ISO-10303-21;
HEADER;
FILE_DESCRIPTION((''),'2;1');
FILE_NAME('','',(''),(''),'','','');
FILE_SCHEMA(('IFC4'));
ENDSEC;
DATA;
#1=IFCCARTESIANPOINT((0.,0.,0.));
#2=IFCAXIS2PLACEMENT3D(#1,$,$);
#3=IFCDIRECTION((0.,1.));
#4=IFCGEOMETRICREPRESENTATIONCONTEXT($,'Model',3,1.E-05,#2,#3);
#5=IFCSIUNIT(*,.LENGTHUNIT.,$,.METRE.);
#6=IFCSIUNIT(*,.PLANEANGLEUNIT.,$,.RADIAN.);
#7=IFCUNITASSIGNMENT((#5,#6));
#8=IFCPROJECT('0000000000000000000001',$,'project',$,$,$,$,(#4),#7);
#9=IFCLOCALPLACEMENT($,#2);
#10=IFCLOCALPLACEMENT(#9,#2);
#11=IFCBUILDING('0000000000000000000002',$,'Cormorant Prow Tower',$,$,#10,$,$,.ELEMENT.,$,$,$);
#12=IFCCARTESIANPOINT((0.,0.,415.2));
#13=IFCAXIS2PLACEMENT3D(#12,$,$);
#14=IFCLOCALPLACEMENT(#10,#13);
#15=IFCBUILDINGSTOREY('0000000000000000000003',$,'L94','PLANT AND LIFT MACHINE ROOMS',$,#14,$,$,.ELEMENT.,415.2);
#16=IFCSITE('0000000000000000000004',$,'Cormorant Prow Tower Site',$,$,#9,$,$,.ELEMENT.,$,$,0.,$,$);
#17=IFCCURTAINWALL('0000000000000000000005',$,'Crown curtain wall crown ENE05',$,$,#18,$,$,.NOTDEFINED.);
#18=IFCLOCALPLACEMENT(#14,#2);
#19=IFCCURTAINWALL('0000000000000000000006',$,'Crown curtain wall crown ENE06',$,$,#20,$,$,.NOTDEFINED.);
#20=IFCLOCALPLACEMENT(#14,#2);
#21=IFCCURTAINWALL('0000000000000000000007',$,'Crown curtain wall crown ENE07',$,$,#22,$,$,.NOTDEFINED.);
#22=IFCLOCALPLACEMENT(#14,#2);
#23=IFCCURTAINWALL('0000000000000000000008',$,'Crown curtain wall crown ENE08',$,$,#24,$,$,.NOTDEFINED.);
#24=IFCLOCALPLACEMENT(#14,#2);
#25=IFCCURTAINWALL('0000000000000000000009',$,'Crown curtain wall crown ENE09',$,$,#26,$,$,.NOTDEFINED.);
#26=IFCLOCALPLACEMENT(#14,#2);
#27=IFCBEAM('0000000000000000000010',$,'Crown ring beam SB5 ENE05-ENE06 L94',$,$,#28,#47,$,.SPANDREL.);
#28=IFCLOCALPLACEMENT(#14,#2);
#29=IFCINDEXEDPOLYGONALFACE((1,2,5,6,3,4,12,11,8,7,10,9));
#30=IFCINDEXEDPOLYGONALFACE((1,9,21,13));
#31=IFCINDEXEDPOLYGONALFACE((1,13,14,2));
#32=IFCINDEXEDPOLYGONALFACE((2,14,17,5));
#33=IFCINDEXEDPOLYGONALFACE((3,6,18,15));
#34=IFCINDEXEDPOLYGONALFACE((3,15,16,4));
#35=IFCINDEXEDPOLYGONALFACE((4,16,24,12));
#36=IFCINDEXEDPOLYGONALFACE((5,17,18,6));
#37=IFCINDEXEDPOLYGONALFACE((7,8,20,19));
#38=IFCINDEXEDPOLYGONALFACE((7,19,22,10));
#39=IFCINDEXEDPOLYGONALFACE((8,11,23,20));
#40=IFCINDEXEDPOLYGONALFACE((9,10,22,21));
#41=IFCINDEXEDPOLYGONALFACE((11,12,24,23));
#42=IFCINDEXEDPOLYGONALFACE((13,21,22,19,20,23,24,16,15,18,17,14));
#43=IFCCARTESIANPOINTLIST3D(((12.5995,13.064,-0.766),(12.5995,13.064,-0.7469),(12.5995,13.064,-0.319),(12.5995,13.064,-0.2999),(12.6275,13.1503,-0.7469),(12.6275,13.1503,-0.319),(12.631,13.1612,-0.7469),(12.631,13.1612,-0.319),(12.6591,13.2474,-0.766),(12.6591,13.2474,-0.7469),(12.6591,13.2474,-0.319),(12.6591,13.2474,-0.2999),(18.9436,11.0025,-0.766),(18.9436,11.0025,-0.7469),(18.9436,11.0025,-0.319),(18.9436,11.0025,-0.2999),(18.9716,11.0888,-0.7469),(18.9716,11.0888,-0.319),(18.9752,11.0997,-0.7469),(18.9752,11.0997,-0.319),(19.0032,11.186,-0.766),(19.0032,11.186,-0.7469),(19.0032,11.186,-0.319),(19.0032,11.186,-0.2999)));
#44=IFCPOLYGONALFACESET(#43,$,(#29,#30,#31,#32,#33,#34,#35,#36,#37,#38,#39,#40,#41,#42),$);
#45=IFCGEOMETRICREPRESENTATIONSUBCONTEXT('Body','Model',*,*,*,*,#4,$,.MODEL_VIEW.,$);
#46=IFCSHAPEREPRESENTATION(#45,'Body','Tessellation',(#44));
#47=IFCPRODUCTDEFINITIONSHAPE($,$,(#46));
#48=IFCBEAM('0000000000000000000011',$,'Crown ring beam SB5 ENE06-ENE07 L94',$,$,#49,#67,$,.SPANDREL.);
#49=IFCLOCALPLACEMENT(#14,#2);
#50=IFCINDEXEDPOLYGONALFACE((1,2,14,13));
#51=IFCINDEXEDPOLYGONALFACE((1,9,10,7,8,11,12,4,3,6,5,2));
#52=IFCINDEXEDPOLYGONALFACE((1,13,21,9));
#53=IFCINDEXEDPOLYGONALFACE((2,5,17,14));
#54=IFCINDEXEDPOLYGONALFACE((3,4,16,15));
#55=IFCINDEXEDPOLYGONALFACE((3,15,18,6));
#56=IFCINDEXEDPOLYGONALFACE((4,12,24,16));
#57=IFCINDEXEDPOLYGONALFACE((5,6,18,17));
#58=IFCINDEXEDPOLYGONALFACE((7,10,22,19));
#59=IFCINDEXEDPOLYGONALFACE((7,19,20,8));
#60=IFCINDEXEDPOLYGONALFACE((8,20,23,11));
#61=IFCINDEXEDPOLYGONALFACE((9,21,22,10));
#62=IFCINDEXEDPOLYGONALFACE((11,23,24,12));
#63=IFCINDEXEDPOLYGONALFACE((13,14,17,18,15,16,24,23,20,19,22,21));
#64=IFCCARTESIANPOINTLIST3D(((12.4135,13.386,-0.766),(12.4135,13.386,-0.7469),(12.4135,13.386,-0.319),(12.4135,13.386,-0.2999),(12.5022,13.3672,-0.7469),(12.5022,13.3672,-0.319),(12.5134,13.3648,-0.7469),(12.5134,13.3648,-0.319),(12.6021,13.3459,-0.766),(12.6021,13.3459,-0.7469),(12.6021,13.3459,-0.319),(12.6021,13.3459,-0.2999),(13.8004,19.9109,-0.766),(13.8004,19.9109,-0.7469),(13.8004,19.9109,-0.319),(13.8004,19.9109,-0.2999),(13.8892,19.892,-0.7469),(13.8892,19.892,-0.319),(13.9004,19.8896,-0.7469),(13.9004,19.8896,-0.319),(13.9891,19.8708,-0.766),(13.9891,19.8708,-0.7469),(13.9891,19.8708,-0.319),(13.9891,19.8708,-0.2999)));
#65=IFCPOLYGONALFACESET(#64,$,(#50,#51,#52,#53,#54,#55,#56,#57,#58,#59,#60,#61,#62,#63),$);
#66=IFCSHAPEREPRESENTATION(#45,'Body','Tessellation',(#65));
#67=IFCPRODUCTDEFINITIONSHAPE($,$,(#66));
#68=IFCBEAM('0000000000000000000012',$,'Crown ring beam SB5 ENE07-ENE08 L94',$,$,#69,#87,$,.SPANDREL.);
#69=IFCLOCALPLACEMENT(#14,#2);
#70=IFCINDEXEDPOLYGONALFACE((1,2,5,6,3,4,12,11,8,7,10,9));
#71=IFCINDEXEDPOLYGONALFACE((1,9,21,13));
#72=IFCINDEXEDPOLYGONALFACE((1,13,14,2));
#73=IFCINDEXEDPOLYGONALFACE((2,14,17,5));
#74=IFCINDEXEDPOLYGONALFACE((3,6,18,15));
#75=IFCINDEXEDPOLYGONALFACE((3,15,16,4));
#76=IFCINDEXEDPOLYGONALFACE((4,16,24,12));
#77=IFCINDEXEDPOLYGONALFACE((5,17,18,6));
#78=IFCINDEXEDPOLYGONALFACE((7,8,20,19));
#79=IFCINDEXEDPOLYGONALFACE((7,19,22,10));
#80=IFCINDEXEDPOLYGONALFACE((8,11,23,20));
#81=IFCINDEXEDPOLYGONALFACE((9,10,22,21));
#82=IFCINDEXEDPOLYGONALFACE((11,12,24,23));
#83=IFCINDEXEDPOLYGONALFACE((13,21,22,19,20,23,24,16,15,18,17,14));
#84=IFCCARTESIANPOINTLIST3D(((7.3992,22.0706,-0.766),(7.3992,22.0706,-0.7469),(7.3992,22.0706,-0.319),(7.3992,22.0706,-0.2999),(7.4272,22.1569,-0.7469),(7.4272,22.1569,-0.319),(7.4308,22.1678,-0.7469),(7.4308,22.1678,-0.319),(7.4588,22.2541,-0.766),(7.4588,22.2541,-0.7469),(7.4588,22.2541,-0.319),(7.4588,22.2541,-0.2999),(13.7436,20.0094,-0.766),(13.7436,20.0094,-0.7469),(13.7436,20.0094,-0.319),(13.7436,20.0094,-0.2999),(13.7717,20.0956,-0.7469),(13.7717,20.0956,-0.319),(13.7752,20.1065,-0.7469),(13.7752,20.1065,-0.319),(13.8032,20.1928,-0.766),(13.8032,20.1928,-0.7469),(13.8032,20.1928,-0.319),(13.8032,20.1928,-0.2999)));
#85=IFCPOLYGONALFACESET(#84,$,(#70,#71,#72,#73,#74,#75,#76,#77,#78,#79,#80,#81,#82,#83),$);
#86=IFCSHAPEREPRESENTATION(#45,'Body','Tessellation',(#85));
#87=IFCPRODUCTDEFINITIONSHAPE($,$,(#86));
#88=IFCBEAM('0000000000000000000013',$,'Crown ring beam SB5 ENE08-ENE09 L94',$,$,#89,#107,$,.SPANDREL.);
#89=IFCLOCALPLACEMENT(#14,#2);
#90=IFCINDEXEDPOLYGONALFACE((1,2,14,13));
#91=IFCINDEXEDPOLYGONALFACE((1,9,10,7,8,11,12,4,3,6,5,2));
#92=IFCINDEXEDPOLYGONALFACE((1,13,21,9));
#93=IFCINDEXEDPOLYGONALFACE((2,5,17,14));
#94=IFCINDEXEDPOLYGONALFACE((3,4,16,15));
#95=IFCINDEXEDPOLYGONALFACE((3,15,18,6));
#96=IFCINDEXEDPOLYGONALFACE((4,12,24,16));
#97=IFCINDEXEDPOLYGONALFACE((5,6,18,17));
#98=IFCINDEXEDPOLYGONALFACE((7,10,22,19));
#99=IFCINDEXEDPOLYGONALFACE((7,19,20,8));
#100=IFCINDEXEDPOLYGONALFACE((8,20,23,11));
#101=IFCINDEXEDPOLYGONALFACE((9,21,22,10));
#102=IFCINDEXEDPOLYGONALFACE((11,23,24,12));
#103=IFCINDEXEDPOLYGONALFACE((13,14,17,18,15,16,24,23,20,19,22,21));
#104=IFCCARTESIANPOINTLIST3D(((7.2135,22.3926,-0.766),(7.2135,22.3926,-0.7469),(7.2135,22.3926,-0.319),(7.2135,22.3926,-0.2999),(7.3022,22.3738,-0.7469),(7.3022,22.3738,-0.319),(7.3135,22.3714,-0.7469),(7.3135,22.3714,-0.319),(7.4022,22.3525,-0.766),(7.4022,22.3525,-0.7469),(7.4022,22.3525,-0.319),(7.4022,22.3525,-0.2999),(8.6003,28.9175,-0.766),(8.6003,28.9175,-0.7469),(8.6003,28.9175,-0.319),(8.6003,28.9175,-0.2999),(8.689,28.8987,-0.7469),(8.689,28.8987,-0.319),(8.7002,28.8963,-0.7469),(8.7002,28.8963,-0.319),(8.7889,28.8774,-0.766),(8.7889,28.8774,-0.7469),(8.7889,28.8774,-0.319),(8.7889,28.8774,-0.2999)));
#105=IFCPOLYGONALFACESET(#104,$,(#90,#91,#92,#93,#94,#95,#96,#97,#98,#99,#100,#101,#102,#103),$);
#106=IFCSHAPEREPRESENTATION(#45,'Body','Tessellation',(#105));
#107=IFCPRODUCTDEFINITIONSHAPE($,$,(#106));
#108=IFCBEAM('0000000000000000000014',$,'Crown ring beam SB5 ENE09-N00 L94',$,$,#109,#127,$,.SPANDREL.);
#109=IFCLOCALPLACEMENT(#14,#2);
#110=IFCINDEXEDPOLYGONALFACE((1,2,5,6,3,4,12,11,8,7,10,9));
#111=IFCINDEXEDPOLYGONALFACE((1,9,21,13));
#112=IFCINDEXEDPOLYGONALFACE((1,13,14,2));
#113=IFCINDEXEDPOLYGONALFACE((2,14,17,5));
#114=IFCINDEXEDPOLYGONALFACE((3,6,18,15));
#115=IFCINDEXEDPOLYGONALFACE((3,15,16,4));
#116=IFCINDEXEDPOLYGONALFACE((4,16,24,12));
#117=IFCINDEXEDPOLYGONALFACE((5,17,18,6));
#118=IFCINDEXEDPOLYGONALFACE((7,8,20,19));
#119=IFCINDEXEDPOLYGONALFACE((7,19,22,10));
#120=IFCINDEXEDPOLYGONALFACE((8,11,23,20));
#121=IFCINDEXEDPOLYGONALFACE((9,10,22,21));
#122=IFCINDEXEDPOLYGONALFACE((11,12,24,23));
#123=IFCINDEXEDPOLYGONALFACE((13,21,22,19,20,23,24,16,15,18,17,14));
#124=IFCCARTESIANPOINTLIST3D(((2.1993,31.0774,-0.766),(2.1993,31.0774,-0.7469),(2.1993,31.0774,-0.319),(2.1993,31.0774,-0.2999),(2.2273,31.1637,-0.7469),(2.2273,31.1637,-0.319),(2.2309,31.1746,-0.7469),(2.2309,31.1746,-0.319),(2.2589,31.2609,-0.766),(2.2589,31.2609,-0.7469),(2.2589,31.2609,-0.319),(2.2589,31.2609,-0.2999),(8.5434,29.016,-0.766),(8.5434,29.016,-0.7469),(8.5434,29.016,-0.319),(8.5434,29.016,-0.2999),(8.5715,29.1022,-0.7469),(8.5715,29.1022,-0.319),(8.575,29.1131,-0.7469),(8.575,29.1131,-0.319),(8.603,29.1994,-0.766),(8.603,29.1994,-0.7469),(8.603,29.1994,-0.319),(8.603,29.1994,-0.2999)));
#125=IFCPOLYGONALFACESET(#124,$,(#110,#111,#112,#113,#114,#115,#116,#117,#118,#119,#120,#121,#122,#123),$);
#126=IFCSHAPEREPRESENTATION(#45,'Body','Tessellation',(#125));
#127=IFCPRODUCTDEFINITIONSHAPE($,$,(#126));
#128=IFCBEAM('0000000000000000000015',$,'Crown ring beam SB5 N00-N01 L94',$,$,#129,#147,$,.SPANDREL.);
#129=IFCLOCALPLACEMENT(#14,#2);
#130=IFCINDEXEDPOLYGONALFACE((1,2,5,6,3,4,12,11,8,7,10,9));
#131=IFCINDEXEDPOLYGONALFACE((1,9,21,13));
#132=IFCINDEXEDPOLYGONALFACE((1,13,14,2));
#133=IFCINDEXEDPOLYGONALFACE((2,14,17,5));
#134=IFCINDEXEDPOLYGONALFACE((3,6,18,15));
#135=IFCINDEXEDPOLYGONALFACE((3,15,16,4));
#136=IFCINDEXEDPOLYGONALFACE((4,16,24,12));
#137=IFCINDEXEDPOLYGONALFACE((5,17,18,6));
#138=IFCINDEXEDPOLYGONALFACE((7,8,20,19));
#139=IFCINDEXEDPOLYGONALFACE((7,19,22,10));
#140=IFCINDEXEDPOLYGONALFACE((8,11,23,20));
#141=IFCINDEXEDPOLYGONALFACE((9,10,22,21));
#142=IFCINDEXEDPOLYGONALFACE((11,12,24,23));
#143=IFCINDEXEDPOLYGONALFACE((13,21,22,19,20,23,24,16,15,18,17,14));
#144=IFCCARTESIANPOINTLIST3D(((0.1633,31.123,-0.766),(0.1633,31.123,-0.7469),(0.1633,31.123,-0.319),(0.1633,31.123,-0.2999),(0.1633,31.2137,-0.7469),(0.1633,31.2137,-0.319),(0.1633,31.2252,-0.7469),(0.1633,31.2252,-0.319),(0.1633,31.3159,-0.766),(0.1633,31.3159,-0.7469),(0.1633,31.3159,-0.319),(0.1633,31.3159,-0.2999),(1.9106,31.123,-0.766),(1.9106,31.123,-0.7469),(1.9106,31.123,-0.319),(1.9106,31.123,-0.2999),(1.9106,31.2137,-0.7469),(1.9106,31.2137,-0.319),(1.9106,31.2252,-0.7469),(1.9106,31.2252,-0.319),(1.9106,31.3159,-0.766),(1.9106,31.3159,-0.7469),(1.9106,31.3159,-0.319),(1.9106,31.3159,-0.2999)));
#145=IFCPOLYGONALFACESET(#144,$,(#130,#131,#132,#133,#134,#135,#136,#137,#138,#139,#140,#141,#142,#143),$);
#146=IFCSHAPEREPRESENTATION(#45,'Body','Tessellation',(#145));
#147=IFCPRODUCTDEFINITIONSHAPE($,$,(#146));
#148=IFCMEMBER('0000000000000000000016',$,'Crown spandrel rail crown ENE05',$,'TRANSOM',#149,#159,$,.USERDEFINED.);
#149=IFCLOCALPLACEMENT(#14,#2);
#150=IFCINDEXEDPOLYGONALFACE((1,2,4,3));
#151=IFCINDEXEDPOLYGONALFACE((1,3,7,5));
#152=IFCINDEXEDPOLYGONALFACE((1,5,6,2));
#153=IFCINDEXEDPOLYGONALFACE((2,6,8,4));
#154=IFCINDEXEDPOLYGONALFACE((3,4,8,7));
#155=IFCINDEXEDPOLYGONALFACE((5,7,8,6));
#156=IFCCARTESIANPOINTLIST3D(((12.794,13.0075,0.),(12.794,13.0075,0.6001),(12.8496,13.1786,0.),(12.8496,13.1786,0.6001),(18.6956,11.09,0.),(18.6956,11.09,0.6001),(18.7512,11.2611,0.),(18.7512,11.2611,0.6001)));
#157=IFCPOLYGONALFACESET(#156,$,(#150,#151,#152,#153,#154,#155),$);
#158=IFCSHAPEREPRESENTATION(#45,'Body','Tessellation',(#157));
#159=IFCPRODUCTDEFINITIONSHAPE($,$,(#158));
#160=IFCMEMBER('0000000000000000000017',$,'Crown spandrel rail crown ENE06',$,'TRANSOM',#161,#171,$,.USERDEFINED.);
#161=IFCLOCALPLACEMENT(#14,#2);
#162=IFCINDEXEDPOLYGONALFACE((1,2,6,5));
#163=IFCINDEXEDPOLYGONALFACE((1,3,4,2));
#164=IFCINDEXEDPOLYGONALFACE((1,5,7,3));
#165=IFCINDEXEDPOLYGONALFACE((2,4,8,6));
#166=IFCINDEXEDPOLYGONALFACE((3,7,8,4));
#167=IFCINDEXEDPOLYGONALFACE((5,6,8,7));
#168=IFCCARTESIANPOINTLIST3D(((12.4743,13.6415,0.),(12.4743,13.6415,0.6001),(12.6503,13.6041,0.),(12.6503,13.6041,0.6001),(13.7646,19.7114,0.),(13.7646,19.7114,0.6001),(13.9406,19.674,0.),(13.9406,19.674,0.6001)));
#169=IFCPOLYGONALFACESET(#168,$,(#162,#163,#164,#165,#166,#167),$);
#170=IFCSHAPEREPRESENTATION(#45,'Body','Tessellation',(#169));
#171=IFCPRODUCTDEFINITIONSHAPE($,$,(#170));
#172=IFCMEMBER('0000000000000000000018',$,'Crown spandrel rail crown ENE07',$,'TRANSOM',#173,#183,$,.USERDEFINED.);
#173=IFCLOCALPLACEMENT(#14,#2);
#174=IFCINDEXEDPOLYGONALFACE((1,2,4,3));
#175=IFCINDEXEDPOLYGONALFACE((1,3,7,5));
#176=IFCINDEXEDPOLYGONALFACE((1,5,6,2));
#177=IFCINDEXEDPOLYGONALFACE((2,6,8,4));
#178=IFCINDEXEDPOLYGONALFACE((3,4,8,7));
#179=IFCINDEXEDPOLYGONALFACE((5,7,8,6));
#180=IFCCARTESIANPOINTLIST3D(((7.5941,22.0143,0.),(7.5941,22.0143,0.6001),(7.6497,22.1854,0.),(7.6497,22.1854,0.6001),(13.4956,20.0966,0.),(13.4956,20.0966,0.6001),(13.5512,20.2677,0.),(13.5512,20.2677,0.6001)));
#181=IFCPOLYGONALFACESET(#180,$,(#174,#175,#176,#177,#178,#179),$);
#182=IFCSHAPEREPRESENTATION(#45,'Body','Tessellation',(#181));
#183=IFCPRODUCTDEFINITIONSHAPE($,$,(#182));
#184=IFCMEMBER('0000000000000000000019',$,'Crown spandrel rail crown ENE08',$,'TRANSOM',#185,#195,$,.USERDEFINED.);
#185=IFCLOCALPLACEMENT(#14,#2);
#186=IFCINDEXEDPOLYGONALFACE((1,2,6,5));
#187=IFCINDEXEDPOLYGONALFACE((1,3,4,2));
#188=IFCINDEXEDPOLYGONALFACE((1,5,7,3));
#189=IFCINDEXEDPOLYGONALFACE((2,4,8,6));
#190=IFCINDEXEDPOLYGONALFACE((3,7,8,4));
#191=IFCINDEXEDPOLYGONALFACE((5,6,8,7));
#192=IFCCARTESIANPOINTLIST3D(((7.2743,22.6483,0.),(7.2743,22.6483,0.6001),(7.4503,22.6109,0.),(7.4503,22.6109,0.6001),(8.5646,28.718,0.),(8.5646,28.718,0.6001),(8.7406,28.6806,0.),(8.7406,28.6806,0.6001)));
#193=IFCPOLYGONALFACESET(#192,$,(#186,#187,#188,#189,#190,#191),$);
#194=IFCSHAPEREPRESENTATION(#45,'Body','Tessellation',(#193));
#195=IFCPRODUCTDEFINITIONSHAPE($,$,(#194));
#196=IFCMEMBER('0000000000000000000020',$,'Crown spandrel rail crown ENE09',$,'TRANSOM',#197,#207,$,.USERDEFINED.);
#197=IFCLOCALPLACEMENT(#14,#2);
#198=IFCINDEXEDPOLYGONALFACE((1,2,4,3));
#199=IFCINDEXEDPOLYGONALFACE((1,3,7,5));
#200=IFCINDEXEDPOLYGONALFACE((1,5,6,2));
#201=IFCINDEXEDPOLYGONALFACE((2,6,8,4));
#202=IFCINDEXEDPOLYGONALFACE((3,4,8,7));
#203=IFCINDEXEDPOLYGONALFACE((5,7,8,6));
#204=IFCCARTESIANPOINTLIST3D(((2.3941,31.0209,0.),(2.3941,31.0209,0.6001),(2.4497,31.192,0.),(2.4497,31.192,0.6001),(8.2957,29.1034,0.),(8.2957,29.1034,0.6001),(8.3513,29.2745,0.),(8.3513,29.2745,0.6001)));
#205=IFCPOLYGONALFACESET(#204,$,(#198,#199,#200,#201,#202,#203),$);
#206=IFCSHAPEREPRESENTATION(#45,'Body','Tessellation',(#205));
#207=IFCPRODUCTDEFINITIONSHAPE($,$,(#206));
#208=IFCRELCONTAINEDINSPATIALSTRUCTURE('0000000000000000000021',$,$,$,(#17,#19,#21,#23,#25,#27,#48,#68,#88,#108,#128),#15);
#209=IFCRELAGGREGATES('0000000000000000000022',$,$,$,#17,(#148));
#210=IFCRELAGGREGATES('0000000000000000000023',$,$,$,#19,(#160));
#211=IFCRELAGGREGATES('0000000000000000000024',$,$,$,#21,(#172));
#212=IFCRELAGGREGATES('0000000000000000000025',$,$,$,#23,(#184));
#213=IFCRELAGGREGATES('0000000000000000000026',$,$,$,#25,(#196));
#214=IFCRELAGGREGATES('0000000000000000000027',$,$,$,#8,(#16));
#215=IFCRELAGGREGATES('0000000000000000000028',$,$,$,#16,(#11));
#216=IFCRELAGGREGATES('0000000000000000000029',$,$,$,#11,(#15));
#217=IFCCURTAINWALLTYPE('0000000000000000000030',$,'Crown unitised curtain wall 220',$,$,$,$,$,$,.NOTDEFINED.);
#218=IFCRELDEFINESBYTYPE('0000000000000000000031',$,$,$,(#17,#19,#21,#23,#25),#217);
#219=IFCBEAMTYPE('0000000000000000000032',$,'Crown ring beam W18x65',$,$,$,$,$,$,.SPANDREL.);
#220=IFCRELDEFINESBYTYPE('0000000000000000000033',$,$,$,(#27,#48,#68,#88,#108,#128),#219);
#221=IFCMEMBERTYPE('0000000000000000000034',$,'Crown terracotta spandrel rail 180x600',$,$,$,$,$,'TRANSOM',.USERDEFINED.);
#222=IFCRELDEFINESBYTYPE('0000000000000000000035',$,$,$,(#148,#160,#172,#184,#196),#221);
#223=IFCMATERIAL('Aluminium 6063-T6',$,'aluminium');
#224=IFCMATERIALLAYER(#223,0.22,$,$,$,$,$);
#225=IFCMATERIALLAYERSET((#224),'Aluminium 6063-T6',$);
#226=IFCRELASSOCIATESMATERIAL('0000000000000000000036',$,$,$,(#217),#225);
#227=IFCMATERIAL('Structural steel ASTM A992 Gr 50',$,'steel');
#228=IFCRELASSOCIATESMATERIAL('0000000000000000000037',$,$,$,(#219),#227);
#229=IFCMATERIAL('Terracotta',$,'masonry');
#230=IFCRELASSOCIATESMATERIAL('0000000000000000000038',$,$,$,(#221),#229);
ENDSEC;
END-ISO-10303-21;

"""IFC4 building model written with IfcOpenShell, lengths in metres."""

from ifc_helpers import new_model, si_unit, direction, frame, origin, origin_2d, place, context, subcontext, project, spatial, rectangle, i_section, extrude, material, layer, layer_set, material_profile, profile_set, type_object, element, aggregate, save


model = new_model("IFC4")

# Units and contexts
model_context = context("Model", 3, precision=1e-05, world=origin(), true_north=direction((0.0, 1.0)))
body_context = subcontext(model_context, "Body", "Model", "MODEL_VIEW")
ifc_project = project(units=[si_unit("LENGTHUNIT", "METRE"), si_unit("PLANEANGLEUNIT", "RADIAN")], contexts=[model_context])

# Site, building, storey
site_placement = place(None, origin())
site = spatial("IfcSite", under=ifc_project, at=site_placement, Name="Cormorant Prow Tower Site", CompositionType="ELEMENT", RefElevation=0.0)
building_placement = place(site_placement, origin())
building = spatial("IfcBuilding", under=site, at=building_placement, Name="Cormorant Prow Tower", CompositionType="ELEMENT")
storey_placement = place(building_placement, frame((0.0, 0.0, 415.2)))
storey = spatial("IfcBuildingStorey", under=building, at=storey_placement, Name="L94", Description="PLANT AND LIFT MACHINE ROOMS", CompositionType="ELEMENT", Elevation=415.2)

# Curtain walls
ifc_material_1 = material(Name="Aluminium 6063-T6", Category="aluminium")
ifc_layer_1 = layer(ifc_material_1, 0.22)
ifc_layer_set_1 = layer_set([ifc_layer_1], Name="Aluminium 6063-T6")
curtain_wall_type = type_object("IfcCurtainWallType", Name="Crown unitised curtain wall 220", PredefinedType="NOTDEFINED", material=ifc_layer_set_1)
curtain_wall_1_placement = place(storey_placement, origin())
curtain_wall_1 = element("IfcCurtainWall", 1, at=curtain_wall_1_placement, inside=storey, type_object=curtain_wall_type, Name="Crown curtain wall crown ENE05", PredefinedType="NOTDEFINED")
curtain_wall_2_placement = place(storey_placement, origin())
curtain_wall_2 = element("IfcCurtainWall", 2, at=curtain_wall_2_placement, inside=storey, type_object=curtain_wall_type, Name="Crown curtain wall crown ENE06", PredefinedType="NOTDEFINED")
curtain_wall_3_placement = place(storey_placement, origin())
curtain_wall_3 = element("IfcCurtainWall", 3, at=curtain_wall_3_placement, inside=storey, type_object=curtain_wall_type, Name="Crown curtain wall crown ENE07", PredefinedType="NOTDEFINED")
curtain_wall_4_placement = place(storey_placement, origin())
curtain_wall_4 = element("IfcCurtainWall", 4, at=curtain_wall_4_placement, inside=storey, type_object=curtain_wall_type, Name="Crown curtain wall crown ENE08", PredefinedType="NOTDEFINED")
curtain_wall_5_placement = place(storey_placement, origin())
curtain_wall_5 = element("IfcCurtainWall", 5, at=curtain_wall_5_placement, inside=storey, type_object=curtain_wall_type, Name="Crown curtain wall crown ENE09", PredefinedType="NOTDEFINED")

# Beams
ifc_material_2 = material(Name="Structural steel ASTM A992 Gr 50", Category="steel")
ifc_material_profile_1 = material_profile(ifc_material_2, i_section(OverallWidth=0.1929, OverallDepth=0.4661, WebThickness=0.0115, FlangeThickness=0.019, at=origin_2d()), Name="W18x65")
ifc_profile_set_1 = profile_set([ifc_material_profile_1], Name="Structural steel ASTM A992 Gr 50")
beam_type = type_object("IfcBeamType", Name="Crown ring beam W18x65", PredefinedType="SPANDREL", material=ifc_profile_set_1)
for number, where, z_axis, x_axis, name in (
    (6, (18.9734, 11.0942, -0.533), (-0.95105, 0.309038, 0.0), (-0.309038, -0.95105, 0.0), "Crown ring beam SB5 ENE05-ENE06 L94"),
    (7, (12.5078, 13.366, -0.533), (0.207919, 0.978146, 0.0), (-0.978146, 0.207919, 0.0), "Crown ring beam SB5 ENE06-ENE07 L94"),
):
    element("IfcBeam", number, at=place(storey_placement, frame(where, z_axis=z_axis, x_axis=x_axis)), inside=storey, type_object=beam_type, Name=name, PredefinedType="SPANDREL", context=body_context, shape_type="SweptSolid", body=[
        extrude(i_section(OverallWidth=0.1929, OverallDepth=0.4661, WebThickness=0.0115, FlangeThickness=0.019, at=origin_2d()), origin(), (0.0, 0.0, 1.0), 6.6707),
    ])
beam_1_placement = place(storey_placement, frame((13.7734, 20.1011, -0.533), z_axis=(-0.951064, 0.308994, 0.0), x_axis=(-0.308994, -0.951064, 0.0)))
element("IfcBeam", 8, at=beam_1_placement, inside=storey, type_object=beam_type, Name="Crown ring beam SB5 ENE07-ENE08 L94", PredefinedType="SPANDREL", context=body_context, shape_type="SweptSolid", body=[
    extrude(i_section(OverallWidth=0.1929, OverallDepth=0.4661, WebThickness=0.0115, FlangeThickness=0.019, at=origin_2d()), origin(), (0.0, 0.0, 1.0), 6.6709),
])
for number, where, z_axis, x_axis, name in (
    (9, (7.3079, 22.3726, -0.533), (0.207884, 0.978153, 0.0), (-0.978153, 0.207884, 0.0), "Crown ring beam SB5 ENE08-ENE09 L94"),
    (10, (8.5732, 29.1077, -0.533), (-0.95105, 0.309038, 0.0), (-0.309038, -0.95105, 0.0), "Crown ring beam SB5 ENE09-N00 L94"),
):
    element("IfcBeam", number, at=place(storey_placement, frame(where, z_axis=z_axis, x_axis=x_axis)), inside=storey, type_object=beam_type, Name=name, PredefinedType="SPANDREL", context=body_context, shape_type="SweptSolid", body=[
        extrude(i_section(OverallWidth=0.1929, OverallDepth=0.4661, WebThickness=0.0115, FlangeThickness=0.019, at=origin_2d()), origin(), (0.0, 0.0, 1.0), 6.6707),
    ])
beam_2_placement = place(storey_placement, frame((1.9106, 31.2195, -0.533), z_axis=(-1.0, 0.0, 0.0), x_axis=(0.0, -1.0, 0.0)))
element("IfcBeam", 11, at=beam_2_placement, inside=storey, type_object=beam_type, Name="Crown ring beam SB5 N00-N01 L94", PredefinedType="SPANDREL", context=body_context, shape_type="SweptSolid", body=[
    extrude(i_section(OverallWidth=0.1929, OverallDepth=0.4661, WebThickness=0.0115, FlangeThickness=0.019, at=origin_2d()), origin(), (0.0, 0.0, 1.0), 1.7473),
])

# Members
ifc_material_3 = material(Name="Terracotta", Category="masonry")
ifc_material_profile_2 = material_profile(ifc_material_3, rectangle(XDim=0.1799, YDim=0.6001, at=origin_2d()), Name="Crown terracotta spandrel rail 180x600")
ifc_profile_set_2 = profile_set([ifc_material_profile_2], Name="Terracotta")
member_type_1 = type_object("IfcMemberType", Name="Crown terracotta spandrel rail 180x600", ElementType="TRANSOM", PredefinedType="USERDEFINED", material=ifc_profile_set_2)
member_1_placement = place(storey_placement, frame((18.7234, 11.1755, 0.3), z_axis=(-0.95106, 0.309007, 0.0), x_axis=(-0.309007, -0.95106, 0.0)))
member_1 = element("IfcMember", 12, at=member_1_placement, type_object=member_type_1, Name="Crown spandrel rail crown ENE05", ObjectType="TRANSOM", PredefinedType="USERDEFINED", context=body_context, shape_type="SweptSolid", body=[
    extrude(rectangle(XDim=0.1799, YDim=0.6001, at=origin_2d()), origin(), (0.0, 0.0, 1.0), 6.2053),
])
member_2_placement = place(storey_placement, frame((12.5623, 13.6228, 0.3), z_axis=(0.207927, 0.978144, 0.0), x_axis=(-0.978144, 0.207927, 0.0)))
member_2 = element("IfcMember", 13, at=member_2_placement, type_object=member_type_1, Name="Crown spandrel rail crown ENE06", ObjectType="TRANSOM", PredefinedType="USERDEFINED", context=body_context, shape_type="SweptSolid", body=[
    extrude(rectangle(XDim=0.1799, YDim=0.6001, at=origin_2d()), origin(), (0.0, 0.0, 1.0), 6.2056),
])
member_3_placement = place(storey_placement, frame((13.5234, 20.1821, 0.3), z_axis=(-0.951048, 0.309042, 0.0), x_axis=(-0.309042, -0.951048, 0.0)))
member_3 = element("IfcMember", 14, at=member_3_placement, type_object=member_type_1, Name="Crown spandrel rail crown ENE07", ObjectType="TRANSOM", PredefinedType="USERDEFINED", context=body_context, shape_type="SweptSolid", body=[
    extrude(rectangle(XDim=0.1799, YDim=0.6001, at=origin_2d()), origin(), (0.0, 0.0, 1.0), 6.2053),
])
member_4_placement = place(storey_placement, frame((7.3623, 22.6296, 0.3), z_axis=(0.207935, 0.978143, 0.0), x_axis=(-0.978143, 0.207935, 0.0)))
member_4 = element("IfcMember", 15, at=member_4_placement, type_object=member_type_1, Name="Crown spandrel rail crown ENE08", ObjectType="TRANSOM", PredefinedType="USERDEFINED", context=body_context, shape_type="SweptSolid", body=[
    extrude(rectangle(XDim=0.1799, YDim=0.6001, at=origin_2d()), origin(), (0.0, 0.0, 1.0), 6.2053),
])
member_5_placement = place(storey_placement, frame((8.3235, 29.189, 0.3), z_axis=(-0.95106, 0.309007, 0.0), x_axis=(-0.309007, -0.95106, 0.0)))
member_5 = element("IfcMember", 16, at=member_5_placement, type_object=member_type_1, Name="Crown spandrel rail crown ENE09", ObjectType="TRANSOM", PredefinedType="USERDEFINED", context=body_context, shape_type="SweptSolid", body=[
    extrude(rectangle(XDim=0.1799, YDim=0.6001, at=origin_2d()), origin(), (0.0, 0.0, 1.0), 6.2053),
])

aggregate(curtain_wall_1, [member_1])
aggregate(curtain_wall_2, [member_2])
aggregate(curtain_wall_3, [member_3])
aggregate(curtain_wall_4, [member_4])
aggregate(curtain_wall_5, [member_5])

save(model, "model.ifc")
